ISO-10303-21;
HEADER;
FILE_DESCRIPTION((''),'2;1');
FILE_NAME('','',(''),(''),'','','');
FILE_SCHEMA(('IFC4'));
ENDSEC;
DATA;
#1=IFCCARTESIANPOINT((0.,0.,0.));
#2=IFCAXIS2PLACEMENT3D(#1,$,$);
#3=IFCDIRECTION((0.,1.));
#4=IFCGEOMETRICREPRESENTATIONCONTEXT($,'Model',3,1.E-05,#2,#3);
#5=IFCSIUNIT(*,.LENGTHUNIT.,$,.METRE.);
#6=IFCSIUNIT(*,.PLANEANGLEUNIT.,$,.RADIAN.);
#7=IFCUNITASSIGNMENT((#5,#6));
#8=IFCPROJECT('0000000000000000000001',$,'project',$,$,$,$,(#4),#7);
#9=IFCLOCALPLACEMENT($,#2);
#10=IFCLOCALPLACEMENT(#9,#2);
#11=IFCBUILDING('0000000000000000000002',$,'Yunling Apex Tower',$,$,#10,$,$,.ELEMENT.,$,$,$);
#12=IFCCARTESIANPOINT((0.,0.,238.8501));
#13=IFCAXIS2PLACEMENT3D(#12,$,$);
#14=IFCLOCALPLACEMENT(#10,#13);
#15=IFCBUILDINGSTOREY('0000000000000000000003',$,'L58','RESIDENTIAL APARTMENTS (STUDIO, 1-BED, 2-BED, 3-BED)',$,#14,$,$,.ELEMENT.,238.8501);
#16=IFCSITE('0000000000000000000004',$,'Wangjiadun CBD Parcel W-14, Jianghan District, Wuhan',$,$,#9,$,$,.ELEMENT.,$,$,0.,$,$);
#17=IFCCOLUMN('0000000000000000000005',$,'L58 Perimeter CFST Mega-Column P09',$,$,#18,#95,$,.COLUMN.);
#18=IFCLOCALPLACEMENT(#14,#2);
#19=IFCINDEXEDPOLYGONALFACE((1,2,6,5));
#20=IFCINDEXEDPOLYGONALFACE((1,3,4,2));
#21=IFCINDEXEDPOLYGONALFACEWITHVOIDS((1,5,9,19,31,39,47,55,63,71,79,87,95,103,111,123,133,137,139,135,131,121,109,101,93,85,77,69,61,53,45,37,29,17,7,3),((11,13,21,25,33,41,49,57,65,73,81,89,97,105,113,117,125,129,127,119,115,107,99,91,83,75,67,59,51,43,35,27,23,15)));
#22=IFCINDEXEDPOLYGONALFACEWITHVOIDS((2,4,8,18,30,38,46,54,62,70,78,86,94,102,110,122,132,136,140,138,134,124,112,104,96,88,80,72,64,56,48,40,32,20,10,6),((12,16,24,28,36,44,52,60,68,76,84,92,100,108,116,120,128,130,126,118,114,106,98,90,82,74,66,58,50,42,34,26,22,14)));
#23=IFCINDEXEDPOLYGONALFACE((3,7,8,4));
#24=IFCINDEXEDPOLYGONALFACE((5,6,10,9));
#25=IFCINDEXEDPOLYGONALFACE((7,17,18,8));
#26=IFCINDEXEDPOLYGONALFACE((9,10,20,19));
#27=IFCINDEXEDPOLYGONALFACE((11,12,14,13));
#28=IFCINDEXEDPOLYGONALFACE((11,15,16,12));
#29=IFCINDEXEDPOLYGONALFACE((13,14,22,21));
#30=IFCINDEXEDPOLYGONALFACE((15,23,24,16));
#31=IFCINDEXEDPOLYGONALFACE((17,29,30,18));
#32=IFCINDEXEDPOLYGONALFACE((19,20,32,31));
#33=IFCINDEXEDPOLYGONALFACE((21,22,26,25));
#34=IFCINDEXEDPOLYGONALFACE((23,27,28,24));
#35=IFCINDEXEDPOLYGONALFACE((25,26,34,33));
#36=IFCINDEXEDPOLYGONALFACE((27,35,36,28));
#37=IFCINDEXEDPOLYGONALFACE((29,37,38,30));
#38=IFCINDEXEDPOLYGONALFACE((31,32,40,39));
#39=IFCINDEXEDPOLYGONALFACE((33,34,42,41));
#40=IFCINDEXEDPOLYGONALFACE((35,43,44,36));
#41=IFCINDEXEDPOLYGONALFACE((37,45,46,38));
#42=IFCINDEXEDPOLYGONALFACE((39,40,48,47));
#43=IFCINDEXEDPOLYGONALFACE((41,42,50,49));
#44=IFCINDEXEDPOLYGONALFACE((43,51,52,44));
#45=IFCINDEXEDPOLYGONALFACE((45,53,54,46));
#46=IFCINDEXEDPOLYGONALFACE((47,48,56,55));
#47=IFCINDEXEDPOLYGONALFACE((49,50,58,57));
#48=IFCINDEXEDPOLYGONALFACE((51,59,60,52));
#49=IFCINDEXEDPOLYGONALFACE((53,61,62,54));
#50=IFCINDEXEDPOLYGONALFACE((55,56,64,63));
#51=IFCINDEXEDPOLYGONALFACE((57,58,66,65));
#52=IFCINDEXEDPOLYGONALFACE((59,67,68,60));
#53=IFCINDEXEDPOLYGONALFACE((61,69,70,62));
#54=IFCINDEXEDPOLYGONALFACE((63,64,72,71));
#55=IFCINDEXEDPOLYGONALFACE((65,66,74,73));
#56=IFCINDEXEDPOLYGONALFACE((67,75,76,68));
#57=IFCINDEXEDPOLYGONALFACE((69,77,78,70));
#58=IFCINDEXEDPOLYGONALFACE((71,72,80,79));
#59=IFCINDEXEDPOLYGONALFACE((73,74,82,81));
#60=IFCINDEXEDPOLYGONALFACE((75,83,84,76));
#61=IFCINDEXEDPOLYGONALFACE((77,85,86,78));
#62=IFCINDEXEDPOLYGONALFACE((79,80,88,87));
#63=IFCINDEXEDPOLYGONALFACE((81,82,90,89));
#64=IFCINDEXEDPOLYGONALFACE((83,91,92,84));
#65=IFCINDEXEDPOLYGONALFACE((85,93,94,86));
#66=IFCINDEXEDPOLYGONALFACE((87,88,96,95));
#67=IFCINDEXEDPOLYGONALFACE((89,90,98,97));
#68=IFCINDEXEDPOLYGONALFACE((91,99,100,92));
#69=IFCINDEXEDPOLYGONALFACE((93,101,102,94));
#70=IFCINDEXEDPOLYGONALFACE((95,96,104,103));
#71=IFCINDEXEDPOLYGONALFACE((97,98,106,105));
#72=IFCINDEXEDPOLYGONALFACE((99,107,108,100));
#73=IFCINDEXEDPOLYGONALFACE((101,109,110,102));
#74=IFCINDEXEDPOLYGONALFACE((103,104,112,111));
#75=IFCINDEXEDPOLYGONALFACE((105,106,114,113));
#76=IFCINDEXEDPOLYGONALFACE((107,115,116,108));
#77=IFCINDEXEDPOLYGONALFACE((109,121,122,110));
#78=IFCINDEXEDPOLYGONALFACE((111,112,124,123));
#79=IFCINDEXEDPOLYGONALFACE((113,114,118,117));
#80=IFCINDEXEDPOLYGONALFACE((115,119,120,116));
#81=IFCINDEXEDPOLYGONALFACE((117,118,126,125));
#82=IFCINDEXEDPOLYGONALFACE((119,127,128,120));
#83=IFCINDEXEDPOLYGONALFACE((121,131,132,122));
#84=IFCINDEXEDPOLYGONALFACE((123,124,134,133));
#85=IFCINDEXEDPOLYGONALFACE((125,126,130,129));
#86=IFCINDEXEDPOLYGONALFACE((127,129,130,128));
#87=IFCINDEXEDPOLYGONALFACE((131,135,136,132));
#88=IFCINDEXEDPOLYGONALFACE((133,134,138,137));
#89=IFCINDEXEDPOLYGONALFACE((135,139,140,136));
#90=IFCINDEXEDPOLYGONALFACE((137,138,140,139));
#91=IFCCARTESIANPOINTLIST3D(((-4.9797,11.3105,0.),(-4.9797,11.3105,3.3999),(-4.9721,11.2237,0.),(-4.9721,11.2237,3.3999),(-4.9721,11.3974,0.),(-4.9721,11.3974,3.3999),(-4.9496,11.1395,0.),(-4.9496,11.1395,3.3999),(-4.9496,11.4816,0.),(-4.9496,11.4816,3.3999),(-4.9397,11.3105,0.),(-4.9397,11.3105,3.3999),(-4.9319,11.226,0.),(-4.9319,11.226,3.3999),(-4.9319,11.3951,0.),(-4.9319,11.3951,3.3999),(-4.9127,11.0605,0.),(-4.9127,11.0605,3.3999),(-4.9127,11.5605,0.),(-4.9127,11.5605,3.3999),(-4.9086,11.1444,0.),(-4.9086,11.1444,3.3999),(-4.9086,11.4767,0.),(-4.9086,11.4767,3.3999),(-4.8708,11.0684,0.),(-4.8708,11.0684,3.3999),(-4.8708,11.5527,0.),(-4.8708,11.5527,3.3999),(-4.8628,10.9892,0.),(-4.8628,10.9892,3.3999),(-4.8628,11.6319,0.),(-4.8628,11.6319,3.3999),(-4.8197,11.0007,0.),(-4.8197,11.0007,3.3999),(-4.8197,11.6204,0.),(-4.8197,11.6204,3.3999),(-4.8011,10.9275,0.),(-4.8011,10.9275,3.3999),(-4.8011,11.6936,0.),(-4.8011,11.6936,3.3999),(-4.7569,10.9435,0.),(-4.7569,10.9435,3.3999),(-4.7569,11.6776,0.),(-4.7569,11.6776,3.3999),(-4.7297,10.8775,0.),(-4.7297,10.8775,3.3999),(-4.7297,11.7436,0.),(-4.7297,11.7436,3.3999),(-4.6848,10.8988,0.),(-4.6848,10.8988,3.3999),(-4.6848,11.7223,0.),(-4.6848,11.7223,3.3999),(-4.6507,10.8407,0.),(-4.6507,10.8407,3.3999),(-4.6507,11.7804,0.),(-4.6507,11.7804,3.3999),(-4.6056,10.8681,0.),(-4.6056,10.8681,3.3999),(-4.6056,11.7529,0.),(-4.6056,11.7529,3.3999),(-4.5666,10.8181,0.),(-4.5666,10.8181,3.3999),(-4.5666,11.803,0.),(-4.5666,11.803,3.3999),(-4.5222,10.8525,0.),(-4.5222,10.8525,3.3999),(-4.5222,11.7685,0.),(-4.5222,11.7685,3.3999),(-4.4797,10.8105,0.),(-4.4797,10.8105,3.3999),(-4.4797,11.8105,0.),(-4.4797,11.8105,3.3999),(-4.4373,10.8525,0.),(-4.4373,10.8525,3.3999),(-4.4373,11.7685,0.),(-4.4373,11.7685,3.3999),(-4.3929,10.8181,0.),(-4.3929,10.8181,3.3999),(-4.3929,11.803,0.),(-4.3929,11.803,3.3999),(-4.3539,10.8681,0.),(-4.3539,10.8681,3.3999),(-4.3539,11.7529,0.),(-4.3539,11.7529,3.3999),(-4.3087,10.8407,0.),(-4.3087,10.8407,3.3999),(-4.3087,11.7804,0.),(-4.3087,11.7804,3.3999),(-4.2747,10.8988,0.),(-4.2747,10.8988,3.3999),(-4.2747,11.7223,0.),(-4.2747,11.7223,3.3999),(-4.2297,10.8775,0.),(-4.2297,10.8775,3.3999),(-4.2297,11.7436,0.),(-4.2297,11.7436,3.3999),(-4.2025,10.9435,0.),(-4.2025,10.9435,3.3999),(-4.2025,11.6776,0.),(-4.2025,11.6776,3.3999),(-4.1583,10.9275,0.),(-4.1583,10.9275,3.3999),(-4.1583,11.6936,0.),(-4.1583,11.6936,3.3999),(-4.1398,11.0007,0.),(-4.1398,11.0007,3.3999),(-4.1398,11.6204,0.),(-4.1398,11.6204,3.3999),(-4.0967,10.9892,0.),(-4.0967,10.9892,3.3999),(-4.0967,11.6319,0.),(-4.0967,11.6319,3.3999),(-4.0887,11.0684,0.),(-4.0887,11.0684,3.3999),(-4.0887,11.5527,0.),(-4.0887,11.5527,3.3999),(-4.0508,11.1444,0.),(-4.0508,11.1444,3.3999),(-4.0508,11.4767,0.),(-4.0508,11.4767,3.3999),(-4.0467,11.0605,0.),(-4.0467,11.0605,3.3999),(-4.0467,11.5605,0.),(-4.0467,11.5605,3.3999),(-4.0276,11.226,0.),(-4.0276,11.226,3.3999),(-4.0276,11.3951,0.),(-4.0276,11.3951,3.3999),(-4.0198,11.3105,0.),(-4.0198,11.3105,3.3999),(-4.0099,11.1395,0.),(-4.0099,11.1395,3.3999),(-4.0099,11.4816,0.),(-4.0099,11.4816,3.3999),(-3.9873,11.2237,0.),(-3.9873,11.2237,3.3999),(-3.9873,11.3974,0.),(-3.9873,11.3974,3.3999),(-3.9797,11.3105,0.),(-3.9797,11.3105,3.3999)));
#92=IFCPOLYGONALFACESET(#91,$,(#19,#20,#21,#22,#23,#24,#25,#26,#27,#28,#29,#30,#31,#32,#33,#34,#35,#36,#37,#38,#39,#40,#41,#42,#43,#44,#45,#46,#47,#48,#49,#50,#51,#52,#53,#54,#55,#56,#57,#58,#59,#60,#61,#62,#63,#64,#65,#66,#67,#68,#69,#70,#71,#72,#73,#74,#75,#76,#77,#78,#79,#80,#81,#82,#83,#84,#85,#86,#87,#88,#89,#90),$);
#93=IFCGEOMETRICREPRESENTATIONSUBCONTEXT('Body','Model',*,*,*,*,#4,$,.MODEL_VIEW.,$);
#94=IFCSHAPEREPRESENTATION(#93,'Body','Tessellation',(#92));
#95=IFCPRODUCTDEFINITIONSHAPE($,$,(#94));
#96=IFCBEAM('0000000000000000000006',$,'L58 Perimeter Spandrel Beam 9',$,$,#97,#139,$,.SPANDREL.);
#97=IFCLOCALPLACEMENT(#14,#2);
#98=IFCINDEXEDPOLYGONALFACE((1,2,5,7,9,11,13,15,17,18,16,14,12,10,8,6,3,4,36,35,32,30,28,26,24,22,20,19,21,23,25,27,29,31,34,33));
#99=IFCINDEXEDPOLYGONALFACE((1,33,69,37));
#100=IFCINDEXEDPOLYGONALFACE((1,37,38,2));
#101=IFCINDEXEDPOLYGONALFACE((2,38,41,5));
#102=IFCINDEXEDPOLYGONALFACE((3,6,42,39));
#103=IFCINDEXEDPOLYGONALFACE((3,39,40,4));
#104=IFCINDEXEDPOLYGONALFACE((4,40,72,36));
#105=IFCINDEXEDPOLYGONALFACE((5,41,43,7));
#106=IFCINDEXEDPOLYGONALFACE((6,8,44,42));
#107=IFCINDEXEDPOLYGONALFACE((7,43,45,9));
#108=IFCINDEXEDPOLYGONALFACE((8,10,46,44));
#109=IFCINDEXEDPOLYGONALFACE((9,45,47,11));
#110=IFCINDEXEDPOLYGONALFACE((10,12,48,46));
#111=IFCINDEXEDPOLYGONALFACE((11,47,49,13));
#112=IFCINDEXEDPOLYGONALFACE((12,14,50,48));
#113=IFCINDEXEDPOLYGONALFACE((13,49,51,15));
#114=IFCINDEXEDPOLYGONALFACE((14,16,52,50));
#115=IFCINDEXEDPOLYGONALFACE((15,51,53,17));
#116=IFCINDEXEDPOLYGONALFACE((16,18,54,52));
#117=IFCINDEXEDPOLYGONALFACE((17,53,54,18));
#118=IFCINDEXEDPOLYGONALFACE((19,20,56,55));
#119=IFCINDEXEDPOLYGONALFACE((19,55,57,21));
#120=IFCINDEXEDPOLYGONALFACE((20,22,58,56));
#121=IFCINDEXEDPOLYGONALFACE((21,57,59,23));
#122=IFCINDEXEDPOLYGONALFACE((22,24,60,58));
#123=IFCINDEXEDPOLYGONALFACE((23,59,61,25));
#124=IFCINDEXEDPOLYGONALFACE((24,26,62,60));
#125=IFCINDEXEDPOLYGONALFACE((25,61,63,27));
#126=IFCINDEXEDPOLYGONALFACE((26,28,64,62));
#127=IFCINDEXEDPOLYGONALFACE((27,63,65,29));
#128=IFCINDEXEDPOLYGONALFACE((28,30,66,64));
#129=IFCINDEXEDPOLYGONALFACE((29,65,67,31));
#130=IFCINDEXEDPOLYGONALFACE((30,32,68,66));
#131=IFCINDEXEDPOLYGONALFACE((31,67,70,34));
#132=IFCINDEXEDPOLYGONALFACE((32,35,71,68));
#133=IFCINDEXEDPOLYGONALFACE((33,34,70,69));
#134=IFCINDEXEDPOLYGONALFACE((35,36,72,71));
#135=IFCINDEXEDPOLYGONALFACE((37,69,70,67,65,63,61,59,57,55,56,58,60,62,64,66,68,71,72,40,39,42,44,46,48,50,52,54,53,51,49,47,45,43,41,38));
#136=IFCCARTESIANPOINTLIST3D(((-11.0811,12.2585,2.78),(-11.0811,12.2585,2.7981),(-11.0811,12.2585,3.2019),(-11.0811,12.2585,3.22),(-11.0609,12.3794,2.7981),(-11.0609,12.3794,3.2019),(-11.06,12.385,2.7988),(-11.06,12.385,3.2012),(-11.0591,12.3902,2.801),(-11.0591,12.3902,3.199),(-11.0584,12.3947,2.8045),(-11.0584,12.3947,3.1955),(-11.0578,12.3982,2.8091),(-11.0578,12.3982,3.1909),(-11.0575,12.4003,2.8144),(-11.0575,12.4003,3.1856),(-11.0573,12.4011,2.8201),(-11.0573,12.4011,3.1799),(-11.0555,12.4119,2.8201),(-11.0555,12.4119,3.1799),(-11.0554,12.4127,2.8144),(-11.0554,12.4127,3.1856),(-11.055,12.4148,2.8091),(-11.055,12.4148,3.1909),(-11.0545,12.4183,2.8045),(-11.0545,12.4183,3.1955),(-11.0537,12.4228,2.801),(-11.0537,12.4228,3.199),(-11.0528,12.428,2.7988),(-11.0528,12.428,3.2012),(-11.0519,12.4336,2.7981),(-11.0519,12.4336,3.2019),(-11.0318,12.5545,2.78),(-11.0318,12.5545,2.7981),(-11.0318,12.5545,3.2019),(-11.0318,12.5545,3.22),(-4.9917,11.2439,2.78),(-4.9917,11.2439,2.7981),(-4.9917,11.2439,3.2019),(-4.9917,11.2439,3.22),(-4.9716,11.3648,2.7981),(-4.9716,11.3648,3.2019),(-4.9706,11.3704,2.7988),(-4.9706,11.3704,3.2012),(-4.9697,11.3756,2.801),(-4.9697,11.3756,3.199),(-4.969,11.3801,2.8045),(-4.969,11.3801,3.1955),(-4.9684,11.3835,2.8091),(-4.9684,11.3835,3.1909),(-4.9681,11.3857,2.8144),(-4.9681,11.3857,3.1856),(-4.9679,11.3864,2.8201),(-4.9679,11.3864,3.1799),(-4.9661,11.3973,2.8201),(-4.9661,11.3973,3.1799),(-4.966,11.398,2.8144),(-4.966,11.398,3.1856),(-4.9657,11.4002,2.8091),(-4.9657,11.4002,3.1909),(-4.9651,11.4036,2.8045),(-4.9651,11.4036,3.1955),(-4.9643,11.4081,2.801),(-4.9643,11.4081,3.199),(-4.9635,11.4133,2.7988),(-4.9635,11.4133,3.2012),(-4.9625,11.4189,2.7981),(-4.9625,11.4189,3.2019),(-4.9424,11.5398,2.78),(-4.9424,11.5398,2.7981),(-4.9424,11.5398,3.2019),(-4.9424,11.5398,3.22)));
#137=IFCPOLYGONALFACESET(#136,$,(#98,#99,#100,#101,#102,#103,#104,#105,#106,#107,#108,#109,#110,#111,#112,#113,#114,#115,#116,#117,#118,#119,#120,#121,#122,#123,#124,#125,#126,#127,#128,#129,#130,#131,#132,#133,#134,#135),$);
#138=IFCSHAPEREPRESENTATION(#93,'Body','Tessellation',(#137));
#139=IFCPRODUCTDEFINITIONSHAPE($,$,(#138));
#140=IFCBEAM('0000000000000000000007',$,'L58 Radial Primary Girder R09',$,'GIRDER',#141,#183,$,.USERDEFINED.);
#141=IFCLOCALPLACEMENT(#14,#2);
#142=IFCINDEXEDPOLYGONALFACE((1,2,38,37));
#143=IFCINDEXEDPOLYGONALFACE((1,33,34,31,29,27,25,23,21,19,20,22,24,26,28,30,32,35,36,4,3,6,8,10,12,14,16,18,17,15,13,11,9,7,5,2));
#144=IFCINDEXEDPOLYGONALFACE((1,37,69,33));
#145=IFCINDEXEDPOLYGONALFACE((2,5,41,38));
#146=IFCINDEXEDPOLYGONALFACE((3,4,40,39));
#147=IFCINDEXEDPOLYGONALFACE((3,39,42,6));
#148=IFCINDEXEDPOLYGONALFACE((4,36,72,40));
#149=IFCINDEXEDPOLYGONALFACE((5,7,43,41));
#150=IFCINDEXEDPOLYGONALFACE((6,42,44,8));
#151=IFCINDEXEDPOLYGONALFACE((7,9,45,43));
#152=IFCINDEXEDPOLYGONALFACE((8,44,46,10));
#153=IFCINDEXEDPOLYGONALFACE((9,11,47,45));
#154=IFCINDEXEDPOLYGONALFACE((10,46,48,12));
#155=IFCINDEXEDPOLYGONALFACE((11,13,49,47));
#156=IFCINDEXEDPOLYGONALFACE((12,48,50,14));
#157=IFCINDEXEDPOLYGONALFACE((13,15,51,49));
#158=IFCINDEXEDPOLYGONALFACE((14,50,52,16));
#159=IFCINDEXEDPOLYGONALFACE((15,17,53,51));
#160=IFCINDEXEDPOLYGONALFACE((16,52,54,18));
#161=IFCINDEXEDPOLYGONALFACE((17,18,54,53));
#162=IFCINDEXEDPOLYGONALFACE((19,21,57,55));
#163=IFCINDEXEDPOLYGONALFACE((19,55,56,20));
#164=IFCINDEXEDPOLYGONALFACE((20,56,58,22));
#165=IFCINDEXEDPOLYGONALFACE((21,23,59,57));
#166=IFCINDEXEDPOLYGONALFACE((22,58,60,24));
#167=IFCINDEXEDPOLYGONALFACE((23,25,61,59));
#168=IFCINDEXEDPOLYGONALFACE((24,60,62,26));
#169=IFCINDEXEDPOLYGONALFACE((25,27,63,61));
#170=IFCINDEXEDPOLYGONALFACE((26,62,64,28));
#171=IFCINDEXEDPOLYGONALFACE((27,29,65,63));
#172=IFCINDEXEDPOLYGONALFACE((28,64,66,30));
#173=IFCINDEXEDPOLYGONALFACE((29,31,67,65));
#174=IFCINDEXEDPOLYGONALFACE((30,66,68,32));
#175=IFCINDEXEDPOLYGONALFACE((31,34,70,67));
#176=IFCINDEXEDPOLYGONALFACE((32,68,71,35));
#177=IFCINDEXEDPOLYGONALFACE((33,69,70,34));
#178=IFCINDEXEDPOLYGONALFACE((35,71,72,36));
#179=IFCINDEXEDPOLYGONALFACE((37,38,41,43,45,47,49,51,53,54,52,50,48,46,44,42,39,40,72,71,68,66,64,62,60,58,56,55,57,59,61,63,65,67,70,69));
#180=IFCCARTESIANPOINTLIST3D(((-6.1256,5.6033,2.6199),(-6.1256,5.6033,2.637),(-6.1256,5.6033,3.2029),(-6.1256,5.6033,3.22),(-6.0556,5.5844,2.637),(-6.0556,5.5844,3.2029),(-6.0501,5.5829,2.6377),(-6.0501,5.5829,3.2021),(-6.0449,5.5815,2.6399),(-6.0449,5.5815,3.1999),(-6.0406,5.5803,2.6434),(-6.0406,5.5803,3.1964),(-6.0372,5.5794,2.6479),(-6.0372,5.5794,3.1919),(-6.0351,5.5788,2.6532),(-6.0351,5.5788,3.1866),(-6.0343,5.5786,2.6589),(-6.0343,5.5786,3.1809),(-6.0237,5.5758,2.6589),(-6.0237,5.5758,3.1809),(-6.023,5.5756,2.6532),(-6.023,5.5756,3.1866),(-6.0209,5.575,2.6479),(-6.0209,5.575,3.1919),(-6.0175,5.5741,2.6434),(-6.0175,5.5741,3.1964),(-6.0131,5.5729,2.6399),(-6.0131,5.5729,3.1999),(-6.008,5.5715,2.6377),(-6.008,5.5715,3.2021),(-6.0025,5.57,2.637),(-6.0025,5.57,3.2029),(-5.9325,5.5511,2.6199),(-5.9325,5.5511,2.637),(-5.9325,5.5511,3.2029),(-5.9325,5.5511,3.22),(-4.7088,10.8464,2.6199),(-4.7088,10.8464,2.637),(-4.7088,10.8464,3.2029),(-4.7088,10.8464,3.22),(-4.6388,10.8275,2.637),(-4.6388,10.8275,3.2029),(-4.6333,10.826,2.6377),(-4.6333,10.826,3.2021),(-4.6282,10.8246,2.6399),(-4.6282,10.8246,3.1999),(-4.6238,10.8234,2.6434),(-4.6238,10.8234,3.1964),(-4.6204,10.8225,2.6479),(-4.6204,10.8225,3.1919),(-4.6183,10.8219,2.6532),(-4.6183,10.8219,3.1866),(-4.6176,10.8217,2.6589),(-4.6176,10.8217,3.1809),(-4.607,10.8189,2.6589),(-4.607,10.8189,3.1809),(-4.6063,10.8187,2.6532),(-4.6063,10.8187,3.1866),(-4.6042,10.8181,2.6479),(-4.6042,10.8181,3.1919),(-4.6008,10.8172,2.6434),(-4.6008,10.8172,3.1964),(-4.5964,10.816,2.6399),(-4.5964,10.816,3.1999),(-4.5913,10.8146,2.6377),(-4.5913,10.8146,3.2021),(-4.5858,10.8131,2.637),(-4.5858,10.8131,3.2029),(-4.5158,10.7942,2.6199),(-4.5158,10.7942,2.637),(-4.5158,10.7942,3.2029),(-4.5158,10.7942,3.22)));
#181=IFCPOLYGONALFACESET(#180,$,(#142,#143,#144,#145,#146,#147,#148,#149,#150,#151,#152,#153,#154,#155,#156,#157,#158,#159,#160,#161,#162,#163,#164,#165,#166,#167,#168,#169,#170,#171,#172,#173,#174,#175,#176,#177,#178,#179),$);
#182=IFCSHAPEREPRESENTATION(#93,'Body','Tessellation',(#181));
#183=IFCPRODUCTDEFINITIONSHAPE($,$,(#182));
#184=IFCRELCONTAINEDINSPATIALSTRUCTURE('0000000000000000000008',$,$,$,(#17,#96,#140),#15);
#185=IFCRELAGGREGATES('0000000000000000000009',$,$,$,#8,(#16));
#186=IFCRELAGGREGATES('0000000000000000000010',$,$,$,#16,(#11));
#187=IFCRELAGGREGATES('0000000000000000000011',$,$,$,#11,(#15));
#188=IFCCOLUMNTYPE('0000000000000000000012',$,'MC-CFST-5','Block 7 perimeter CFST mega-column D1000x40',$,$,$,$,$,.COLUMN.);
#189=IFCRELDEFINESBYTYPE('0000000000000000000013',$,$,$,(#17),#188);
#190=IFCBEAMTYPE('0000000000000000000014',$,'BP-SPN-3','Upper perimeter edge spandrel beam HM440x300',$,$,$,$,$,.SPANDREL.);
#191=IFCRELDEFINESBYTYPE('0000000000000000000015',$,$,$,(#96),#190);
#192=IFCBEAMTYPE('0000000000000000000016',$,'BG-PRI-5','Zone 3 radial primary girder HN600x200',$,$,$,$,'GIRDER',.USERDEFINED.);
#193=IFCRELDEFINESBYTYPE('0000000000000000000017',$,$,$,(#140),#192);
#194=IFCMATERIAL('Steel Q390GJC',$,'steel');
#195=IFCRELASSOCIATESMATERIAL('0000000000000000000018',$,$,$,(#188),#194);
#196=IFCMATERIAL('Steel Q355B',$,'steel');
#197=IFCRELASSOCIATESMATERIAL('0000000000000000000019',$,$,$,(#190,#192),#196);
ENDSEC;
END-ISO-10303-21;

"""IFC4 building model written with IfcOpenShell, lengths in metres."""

from ifc_helpers import new_model, si_unit, direction, frame, origin, origin_2d, place, context, subcontext, project, spatial, hollow_circle, i_section, extrude, source, transform, mapped, material, material_profile, profile_set, type_object, element, save


model = new_model("IFC4")

# Units and contexts
model_context = context("Model", 3, precision=1e-05, world=origin(), true_north=direction((0.0, 1.0)))
body_context = subcontext(model_context, "Body", "Model", "MODEL_VIEW")
ifc_project = project(units=[si_unit("LENGTHUNIT", "METRE"), si_unit("PLANEANGLEUNIT", "RADIAN")], contexts=[model_context])

# Site, building, storey
site_placement = place(None, origin())
site = spatial("IfcSite", under=ifc_project, at=site_placement, Name="Wangjiadun CBD Parcel W-14, Jianghan District, Wuhan", CompositionType="ELEMENT", RefElevation=0.0)
building_placement = place(site_placement, origin())
building = spatial("IfcBuilding", under=site, at=building_placement, Name="Yunling Apex Tower", CompositionType="ELEMENT")
storey_placement = place(building_placement, frame((0.0, 0.0, 238.8501)))
storey = spatial("IfcBuildingStorey", under=building, at=storey_placement, Name="L58", Description="RESIDENTIAL APARTMENTS (STUDIO, 1-BED, 2-BED, 3-BED)", CompositionType="ELEMENT", Elevation=238.8501)

# Column
ifc_material_1 = material(Name="Steel Q390GJC", Category="steel")
ifc_material_profile_1 = material_profile(ifc_material_1, hollow_circle(Radius=0.5, WallThickness=0.04, at=origin_2d()))
ifc_profile_set_1 = profile_set([ifc_material_profile_1], Name="Steel Q390GJC")
column_type = type_object("IfcColumnType", Name="MC-CFST-5", Description="Block 7 perimeter CFST mega-column D1000x40", PredefinedType="COLUMN", material=ifc_profile_set_1)
shared_shape_1 = source(origin(), body_context, "Body", "SweptSolid", [
    extrude(hollow_circle(Radius=0.5, WallThickness=0.04, at=origin_2d()), origin(), (0.0, 0.0, 1.0), 3.3999),
])
column_placement = place(storey_placement, frame((-4.4797, 11.3105, 0.0), z_axis=(0.0, 0.0, 1.0), x_axis=(1.0, 0.0, 0.0)))
element("IfcColumn", 1, at=column_placement, inside=storey, type_object=column_type, Name="L58 Perimeter CFST Mega-Column P09", PredefinedType="COLUMN", context=body_context, shape_type="MappedRepresentation", body=[
    mapped(shared_shape_1, transform((0.0, 0.0, 0.0), scale=1.0)),
])

# Beams
ifc_material_2 = material(Name="Steel Q355B", Category="steel")
ifc_material_profile_2 = material_profile(ifc_material_2, i_section(OverallWidth=0.3, OverallDepth=0.4399, WebThickness=0.011, FlangeThickness=0.0181, FilletRadius=0.022, at=origin_2d()))
ifc_profile_set_2 = profile_set([ifc_material_profile_2], Name="Steel Q355B")
beam_type_1 = type_object("IfcBeamType", Name="BP-SPN-3", Description="Upper perimeter edge spandrel beam HM440x300", PredefinedType="SPANDREL", material=ifc_profile_set_2)
shared_shape_2 = source(origin(), body_context, "Body", "SweptSolid", [
    extrude(i_section(OverallWidth=0.3, OverallDepth=0.4399, WebThickness=0.011, FlangeThickness=0.0181, FilletRadius=0.022, at=origin_2d()), origin(), (0.0, 0.0, 1.0), 6.1733),
])
beam_1_placement = place(storey_placement, frame((-4.967, 11.3918, 3.0), z_axis=(-0.9864, 0.164361, 0.0), x_axis=(-0.164361, -0.9864, 0.0)))
element("IfcBeam", 2, at=beam_1_placement, inside=storey, type_object=beam_type_1, Name="L58 Perimeter Spandrel Beam 9", PredefinedType="SPANDREL", context=body_context, shape_type="MappedRepresentation", body=[
    mapped(shared_shape_2, transform((0.0, 0.0, 0.0), scale=1.0)),
])
ifc_material_profile_3 = material_profile(ifc_material_2, i_section(OverallWidth=0.2, OverallDepth=0.6001, WebThickness=0.011, FlangeThickness=0.0171, FilletRadius=0.022, at=origin_2d()))
ifc_profile_set_3 = profile_set([ifc_material_profile_3], Name="Steel Q355B")
beam_type_2 = type_object("IfcBeamType", Name="BG-PRI-5", Description="Zone 3 radial primary girder HN600x200", ElementType="GIRDER", PredefinedType="USERDEFINED", material=ifc_profile_set_3)
shared_shape_3 = source(origin(), body_context, "Body", "SweptSolid", [
    extrude(i_section(OverallWidth=0.2, OverallDepth=0.6001, WebThickness=0.011, FlangeThickness=0.0171, FilletRadius=0.022, at=origin_2d()), origin(), (0.0, 0.0, 1.0), 5.4312),
])
beam_2_placement = place(storey_placement, frame((-4.6123, 10.8203, 2.9199), z_axis=(-0.260854, -0.965378, 0.0), x_axis=(0.965378, -0.260854, 0.0)))
element("IfcBeam", 3, at=beam_2_placement, inside=storey, type_object=beam_type_2, Name="L58 Radial Primary Girder R09", ObjectType="GIRDER", PredefinedType="USERDEFINED", context=body_context, shape_type="MappedRepresentation", body=[
    mapped(shared_shape_3, transform((0.0, 0.0, 0.0), scale=1.0)),
])

save(model, "model.ifc")
